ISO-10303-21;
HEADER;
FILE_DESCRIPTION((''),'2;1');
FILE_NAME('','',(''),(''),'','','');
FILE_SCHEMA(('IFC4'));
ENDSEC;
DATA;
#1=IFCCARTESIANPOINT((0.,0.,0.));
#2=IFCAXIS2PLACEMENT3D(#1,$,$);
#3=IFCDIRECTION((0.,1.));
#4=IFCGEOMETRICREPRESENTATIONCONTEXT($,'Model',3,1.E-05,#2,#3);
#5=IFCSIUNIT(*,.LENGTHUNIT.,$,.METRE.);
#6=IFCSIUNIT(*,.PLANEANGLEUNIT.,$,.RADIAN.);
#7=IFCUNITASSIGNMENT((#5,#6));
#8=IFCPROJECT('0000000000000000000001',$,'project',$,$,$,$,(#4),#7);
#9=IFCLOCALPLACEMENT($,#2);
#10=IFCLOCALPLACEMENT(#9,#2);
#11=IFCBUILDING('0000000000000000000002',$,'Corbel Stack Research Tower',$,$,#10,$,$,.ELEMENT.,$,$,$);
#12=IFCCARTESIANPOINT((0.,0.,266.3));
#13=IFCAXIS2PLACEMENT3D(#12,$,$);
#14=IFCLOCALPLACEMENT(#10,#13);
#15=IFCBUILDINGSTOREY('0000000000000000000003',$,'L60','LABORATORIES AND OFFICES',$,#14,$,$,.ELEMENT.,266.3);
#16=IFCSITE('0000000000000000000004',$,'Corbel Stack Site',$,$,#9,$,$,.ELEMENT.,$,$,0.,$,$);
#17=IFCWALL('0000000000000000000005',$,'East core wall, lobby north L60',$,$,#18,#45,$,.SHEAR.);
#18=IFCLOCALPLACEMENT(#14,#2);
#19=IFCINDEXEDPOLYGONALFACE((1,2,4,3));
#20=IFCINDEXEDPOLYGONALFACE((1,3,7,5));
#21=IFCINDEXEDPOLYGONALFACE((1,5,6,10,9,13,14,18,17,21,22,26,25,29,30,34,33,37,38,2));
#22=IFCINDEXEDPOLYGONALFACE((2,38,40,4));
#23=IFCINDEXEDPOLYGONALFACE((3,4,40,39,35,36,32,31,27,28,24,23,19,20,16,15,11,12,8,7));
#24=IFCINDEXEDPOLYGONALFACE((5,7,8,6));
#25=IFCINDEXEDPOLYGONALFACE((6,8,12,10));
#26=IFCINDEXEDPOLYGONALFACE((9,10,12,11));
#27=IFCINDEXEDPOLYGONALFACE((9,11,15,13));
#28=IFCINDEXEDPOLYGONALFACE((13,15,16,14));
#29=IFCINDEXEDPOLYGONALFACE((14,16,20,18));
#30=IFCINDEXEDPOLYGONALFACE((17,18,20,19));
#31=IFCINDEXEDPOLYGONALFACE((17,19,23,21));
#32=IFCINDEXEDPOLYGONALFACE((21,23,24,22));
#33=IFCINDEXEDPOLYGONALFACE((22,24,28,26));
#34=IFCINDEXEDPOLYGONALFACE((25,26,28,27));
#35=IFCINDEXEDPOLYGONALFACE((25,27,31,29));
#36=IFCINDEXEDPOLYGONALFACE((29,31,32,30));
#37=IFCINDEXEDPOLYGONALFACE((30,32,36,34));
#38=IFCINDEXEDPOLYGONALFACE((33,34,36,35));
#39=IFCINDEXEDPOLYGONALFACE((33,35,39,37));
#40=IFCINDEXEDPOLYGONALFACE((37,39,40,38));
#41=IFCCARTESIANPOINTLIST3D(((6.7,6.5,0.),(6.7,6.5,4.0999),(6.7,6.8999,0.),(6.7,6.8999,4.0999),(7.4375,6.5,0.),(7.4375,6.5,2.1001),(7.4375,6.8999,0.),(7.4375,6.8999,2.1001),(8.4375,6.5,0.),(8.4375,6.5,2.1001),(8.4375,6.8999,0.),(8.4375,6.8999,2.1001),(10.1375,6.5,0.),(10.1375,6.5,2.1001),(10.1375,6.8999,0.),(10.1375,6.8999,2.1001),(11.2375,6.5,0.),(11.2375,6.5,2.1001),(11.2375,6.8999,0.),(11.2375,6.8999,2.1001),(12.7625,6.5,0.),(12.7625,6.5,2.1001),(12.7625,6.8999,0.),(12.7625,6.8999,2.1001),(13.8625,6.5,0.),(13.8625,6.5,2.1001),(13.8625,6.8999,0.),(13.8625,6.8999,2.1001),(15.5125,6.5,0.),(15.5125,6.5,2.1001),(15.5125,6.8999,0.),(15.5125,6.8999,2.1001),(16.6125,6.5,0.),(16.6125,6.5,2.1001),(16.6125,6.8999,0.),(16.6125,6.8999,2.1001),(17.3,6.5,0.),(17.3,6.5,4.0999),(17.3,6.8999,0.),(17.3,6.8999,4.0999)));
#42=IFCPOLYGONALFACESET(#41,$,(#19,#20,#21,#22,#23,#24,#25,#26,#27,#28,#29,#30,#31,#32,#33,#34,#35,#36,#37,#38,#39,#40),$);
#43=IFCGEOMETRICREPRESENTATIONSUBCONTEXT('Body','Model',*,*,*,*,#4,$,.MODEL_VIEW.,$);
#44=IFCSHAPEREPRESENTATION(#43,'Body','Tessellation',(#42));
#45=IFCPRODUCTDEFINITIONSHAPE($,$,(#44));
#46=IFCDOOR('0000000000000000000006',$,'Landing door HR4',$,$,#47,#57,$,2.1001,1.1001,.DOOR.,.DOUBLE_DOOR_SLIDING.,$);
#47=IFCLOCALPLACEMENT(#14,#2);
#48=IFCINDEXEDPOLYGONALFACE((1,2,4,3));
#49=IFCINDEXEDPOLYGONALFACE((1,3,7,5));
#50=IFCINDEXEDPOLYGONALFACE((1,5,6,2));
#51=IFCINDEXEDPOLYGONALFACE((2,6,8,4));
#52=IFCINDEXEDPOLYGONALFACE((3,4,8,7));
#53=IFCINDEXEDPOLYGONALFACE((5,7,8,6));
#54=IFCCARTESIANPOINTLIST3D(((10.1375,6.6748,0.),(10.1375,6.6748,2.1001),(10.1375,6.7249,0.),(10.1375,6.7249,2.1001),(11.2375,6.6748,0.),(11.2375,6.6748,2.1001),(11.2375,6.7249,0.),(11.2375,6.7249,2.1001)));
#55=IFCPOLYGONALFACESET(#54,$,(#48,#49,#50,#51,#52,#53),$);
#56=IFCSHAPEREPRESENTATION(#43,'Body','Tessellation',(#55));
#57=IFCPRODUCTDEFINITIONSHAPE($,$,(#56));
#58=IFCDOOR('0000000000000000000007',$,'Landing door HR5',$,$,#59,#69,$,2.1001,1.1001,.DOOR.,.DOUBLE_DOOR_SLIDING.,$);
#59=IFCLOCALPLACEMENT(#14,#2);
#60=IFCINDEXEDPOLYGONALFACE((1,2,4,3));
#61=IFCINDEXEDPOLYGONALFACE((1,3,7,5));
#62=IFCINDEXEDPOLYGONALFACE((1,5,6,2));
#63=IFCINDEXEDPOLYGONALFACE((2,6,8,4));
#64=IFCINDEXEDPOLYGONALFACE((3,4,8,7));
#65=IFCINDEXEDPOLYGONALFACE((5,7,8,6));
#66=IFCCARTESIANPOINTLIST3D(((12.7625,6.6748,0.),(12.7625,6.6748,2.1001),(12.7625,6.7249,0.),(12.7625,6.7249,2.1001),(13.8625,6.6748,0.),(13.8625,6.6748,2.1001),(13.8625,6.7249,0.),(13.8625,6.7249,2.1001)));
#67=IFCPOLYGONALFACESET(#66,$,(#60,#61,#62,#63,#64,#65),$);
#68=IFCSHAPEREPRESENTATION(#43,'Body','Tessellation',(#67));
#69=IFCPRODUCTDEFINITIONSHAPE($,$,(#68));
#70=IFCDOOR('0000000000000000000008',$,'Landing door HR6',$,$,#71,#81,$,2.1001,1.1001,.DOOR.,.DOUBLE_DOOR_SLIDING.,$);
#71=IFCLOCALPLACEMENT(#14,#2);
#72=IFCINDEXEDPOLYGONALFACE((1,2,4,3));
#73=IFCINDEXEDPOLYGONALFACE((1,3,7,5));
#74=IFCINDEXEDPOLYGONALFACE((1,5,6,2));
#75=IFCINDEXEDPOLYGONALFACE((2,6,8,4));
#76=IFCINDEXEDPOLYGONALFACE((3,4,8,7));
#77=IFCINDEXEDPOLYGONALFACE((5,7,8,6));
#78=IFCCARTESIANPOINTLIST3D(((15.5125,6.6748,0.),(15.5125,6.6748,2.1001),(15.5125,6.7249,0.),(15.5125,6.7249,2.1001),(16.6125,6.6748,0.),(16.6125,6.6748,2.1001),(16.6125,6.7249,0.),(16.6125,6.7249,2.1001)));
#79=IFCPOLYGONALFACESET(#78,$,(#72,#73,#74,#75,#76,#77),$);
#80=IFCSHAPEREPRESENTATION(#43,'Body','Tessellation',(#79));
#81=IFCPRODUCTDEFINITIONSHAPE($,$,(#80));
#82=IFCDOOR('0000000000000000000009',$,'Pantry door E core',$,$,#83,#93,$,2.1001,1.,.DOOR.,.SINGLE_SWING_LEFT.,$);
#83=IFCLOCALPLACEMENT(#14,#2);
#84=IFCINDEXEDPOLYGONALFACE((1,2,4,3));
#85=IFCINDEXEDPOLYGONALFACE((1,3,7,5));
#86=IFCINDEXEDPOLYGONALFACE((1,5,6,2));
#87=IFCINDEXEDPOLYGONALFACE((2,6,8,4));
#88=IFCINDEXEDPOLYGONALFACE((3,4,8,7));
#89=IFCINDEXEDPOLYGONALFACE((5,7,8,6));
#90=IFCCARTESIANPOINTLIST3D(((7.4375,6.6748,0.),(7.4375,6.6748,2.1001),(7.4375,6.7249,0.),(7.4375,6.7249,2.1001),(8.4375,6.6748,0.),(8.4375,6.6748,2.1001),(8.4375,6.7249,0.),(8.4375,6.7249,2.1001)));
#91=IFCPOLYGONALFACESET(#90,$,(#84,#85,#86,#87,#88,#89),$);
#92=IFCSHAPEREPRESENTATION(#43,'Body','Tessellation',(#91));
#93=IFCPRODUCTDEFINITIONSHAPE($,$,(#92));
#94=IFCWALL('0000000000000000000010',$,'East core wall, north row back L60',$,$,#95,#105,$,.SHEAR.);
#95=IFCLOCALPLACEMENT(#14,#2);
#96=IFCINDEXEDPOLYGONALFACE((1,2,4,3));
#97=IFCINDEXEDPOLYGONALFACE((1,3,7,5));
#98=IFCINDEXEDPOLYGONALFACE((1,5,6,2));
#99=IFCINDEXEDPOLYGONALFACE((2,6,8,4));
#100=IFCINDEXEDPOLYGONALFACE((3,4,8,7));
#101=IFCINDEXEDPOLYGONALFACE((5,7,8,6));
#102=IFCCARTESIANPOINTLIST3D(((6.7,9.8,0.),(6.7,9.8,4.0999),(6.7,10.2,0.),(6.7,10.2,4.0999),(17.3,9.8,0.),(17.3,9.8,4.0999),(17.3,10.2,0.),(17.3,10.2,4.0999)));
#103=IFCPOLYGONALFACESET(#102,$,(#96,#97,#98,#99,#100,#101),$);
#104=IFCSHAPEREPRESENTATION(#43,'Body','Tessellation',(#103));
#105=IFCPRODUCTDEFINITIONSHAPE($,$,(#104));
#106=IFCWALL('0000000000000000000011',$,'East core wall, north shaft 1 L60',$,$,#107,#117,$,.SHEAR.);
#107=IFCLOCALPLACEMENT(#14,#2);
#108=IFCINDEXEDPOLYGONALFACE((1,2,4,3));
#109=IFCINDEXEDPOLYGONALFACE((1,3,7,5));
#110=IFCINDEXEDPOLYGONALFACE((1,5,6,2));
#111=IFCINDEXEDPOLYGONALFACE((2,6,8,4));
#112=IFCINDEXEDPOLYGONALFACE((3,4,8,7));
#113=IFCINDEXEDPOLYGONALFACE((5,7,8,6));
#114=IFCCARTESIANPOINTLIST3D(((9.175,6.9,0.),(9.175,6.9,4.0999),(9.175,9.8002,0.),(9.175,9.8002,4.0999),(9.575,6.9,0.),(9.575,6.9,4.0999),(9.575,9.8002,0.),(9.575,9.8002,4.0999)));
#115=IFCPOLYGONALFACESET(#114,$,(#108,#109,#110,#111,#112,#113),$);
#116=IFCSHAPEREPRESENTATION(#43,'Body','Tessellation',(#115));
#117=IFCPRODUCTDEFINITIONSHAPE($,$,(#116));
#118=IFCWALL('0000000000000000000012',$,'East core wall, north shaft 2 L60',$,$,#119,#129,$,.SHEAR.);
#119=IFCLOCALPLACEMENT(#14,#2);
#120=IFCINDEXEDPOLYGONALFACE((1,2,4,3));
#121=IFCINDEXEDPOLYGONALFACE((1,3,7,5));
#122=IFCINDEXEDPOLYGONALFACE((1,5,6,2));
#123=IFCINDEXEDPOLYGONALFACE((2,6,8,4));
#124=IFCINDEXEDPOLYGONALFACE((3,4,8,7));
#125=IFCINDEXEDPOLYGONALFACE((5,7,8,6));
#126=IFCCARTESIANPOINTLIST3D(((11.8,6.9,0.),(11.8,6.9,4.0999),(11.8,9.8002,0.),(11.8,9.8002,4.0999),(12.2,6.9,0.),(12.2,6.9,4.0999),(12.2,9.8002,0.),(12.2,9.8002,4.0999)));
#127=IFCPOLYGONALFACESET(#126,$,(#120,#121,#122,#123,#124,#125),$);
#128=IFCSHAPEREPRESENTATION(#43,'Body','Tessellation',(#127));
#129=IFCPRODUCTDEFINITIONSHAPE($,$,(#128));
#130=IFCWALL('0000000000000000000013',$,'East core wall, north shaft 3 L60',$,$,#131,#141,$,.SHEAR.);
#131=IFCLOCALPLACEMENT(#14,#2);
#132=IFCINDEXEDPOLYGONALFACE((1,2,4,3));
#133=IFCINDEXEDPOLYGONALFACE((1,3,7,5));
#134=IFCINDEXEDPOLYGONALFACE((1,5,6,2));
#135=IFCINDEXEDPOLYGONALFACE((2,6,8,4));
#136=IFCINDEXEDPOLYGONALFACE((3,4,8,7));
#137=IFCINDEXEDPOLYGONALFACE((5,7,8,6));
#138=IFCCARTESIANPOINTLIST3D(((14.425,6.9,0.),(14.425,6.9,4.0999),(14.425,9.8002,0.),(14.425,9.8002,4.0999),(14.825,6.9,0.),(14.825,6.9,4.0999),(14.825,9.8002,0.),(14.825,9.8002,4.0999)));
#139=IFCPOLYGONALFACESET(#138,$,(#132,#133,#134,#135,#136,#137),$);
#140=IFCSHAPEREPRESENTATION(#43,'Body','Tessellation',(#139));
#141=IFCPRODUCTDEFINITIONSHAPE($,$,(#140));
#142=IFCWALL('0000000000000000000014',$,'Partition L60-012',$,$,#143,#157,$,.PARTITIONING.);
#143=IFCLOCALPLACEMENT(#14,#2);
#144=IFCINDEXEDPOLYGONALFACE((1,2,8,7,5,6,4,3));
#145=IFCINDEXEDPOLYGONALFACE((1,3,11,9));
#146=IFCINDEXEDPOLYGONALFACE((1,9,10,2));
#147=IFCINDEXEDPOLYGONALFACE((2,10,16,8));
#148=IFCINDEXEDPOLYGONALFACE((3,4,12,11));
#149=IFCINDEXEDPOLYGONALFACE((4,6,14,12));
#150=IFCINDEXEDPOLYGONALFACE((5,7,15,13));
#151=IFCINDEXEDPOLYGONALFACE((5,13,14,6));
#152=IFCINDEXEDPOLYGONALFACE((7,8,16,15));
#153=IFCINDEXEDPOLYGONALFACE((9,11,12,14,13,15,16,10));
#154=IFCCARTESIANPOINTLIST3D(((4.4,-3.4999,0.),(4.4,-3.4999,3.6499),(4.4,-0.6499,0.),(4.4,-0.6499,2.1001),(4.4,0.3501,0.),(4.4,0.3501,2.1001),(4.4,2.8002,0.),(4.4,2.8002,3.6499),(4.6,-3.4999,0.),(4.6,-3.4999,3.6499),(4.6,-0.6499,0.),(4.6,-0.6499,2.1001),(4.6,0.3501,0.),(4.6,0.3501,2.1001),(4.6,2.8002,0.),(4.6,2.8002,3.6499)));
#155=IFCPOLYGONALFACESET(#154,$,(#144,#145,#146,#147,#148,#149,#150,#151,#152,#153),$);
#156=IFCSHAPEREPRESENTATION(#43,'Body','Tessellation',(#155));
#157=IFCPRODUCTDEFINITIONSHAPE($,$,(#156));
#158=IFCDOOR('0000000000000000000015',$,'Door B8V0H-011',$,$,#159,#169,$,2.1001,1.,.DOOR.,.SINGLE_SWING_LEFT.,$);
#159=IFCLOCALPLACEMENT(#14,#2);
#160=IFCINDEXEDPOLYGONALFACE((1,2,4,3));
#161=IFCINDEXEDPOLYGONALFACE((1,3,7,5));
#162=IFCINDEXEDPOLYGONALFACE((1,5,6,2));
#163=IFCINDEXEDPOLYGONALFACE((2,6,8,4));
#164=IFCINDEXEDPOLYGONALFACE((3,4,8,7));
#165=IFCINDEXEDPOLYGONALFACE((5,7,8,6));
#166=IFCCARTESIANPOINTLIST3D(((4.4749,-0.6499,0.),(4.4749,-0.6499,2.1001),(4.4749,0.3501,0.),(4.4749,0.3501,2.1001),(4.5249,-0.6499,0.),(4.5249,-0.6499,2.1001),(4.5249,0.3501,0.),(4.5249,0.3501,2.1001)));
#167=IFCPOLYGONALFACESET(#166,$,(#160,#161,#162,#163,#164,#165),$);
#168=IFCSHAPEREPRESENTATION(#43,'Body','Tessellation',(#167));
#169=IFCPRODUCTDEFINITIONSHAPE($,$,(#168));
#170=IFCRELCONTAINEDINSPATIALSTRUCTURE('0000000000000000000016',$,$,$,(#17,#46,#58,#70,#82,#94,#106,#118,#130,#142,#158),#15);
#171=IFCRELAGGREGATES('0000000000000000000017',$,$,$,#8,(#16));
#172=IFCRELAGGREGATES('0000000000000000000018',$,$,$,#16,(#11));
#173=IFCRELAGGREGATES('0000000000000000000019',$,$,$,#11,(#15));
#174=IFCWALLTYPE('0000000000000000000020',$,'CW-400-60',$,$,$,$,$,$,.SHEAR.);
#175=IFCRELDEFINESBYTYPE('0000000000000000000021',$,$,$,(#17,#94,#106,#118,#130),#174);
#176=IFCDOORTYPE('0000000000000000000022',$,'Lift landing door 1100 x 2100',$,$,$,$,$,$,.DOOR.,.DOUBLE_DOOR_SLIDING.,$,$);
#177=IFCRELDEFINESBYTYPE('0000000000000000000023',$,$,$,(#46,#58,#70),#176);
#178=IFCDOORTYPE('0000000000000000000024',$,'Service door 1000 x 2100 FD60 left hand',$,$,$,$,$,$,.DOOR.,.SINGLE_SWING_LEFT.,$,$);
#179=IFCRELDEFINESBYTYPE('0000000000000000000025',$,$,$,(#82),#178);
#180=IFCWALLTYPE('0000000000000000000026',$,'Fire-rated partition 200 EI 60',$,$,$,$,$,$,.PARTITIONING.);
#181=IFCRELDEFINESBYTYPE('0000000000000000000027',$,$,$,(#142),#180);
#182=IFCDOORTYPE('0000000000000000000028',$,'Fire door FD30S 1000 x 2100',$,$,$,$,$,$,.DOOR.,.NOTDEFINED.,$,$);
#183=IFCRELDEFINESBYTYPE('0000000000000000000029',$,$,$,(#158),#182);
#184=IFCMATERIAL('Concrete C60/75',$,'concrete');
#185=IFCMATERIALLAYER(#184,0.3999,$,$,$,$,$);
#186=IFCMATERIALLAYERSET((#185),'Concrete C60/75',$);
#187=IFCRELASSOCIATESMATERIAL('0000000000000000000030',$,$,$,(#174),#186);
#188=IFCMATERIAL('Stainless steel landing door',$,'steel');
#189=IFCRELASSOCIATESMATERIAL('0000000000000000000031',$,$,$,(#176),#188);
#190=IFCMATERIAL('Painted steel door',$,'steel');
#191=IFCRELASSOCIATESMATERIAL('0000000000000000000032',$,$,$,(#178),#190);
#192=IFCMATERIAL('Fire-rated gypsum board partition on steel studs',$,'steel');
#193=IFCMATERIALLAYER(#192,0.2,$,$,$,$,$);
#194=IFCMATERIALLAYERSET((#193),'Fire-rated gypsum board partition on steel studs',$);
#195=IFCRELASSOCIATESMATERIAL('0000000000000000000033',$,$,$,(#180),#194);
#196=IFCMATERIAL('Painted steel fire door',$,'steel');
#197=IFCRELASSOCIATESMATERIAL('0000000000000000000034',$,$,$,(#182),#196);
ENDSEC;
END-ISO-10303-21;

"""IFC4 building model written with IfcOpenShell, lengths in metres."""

from ifc_helpers import new_model, si_unit, direction, frame, frame_2d, origin, place, context, subcontext, project, spatial, rectangle, extrude, material, layer, layer_set, type_object, element, fill, save


model = new_model("IFC4")

# Units and contexts
model_context = context("Model", 3, precision=1e-05, world=origin(), true_north=direction((0.0, 1.0)))
body_context = subcontext(model_context, "Body", "Model", "MODEL_VIEW")
ifc_project = project(units=[si_unit("LENGTHUNIT", "METRE"), si_unit("PLANEANGLEUNIT", "RADIAN")], contexts=[model_context])

# Site, building, storey
site_placement = place(None, origin())
site = spatial("IfcSite", under=ifc_project, at=site_placement, Name="Corbel Stack Site", CompositionType="ELEMENT", RefElevation=0.0)
building_placement = place(site_placement, origin())
building = spatial("IfcBuilding", under=site, at=building_placement, Name="Corbel Stack Research Tower", CompositionType="ELEMENT")
storey_placement = place(building_placement, frame((0.0, 0.0, 266.3)))
storey = spatial("IfcBuildingStorey", under=building, at=storey_placement, Name="L60", Description="LABORATORIES AND OFFICES", CompositionType="ELEMENT", Elevation=266.3)

# Wall, openings, doors
ifc_material_1 = material(Name="Concrete C60/75", Category="concrete")
ifc_layer_1 = layer(ifc_material_1, 0.3999)
ifc_layer_set_1 = layer_set([ifc_layer_1], Name="Concrete C60/75")
wall_type_1 = type_object("IfcWallType", Name="CW-400-60", PredefinedType="SHEAR", material=ifc_layer_set_1)
ifc_material_2 = material(Name="Stainless steel landing door", Category="steel")
door_type_1 = type_object("IfcDoorType", Name="Lift landing door 1100 x 2100", OperationType="DOUBLE_DOOR_SLIDING", PredefinedType="DOOR", material=ifc_material_2)
ifc_material_3 = material(Name="Painted steel door", Category="steel")
door_type_2 = type_object("IfcDoorType", Name="Service door 1000 x 2100 FD60 left hand", OperationType="SINGLE_SWING_LEFT", PredefinedType="DOOR", material=ifc_material_3)
wall_1_placement = place(storey_placement, frame((6.7, 6.7, 0.0), z_axis=(0.0, 0.0, 1.0), x_axis=(1.0, 0.0, 0.0)))
wall_1 = element("IfcWall", 1, at=wall_1_placement, inside=storey, type_object=wall_type_1, Name="East core wall, lobby north L60", PredefinedType="SHEAR", context=body_context, shape_type="SweptSolid", body=[
    extrude(rectangle(XDim=10.6001, YDim=0.3999, at=frame_2d((5.3, 0.0))), origin(), (0.0, 0.0, 1.0), 4.0999),
])
opening_1_placement = place(wall_1_placement, frame((3.4375, 0.0, 0.0)))
opening_1 = element("IfcOpeningElement", 2, at=opening_1_placement, cuts=wall_1, PredefinedType="OPENING", context=body_context, shape_type="SweptSolid", body=[
    extrude(rectangle(XDim=1.1001, YDim=2.1001, at=frame_2d((0.55, 1.05))), frame((0.0, 0.21, 0.0), z_axis=(0.0, -1.0, 0.0), x_axis=(1.0, 0.0, 0.0)), (0.0, 0.0, 1.0), 0.4199),
])
opening_2_placement = place(wall_1_placement, frame((6.0625, 0.0, 0.0)))
opening_2 = element("IfcOpeningElement", 3, at=opening_2_placement, cuts=wall_1, PredefinedType="OPENING", context=body_context, shape_type="SweptSolid", body=[
    extrude(rectangle(XDim=1.1001, YDim=2.1001, at=frame_2d((0.55, 1.05))), frame((0.0, 0.21, 0.0), z_axis=(0.0, -1.0, 0.0), x_axis=(1.0, 0.0, 0.0)), (0.0, 0.0, 1.0), 0.4199),
])
opening_3_placement = place(wall_1_placement, frame((8.8125, 0.0, 0.0)))
opening_3 = element("IfcOpeningElement", 4, at=opening_3_placement, cuts=wall_1, PredefinedType="OPENING", context=body_context, shape_type="SweptSolid", body=[
    extrude(rectangle(XDim=1.1001, YDim=2.1001, at=frame_2d((0.55, 1.05))), frame((0.0, 0.21, 0.0), z_axis=(0.0, -1.0, 0.0), x_axis=(1.0, 0.0, 0.0)), (0.0, 0.0, 1.0), 0.4199),
])
opening_4_placement = place(wall_1_placement, frame((0.7375, 0.0, 0.0)))
opening_4 = element("IfcOpeningElement", 5, at=opening_4_placement, cuts=wall_1, PredefinedType="OPENING", context=body_context, shape_type="SweptSolid", body=[
    extrude(rectangle(XDim=1.0, YDim=2.1001, at=frame_2d((0.5, 1.05))), frame((0.0, 0.21, 0.0), z_axis=(0.0, -1.0, 0.0), x_axis=(1.0, 0.0, 0.0)), (0.0, 0.0, 1.0), 0.4199),
])
door_1_placement = place(opening_1_placement, origin())
door_1 = element("IfcDoor", 6, at=door_1_placement, inside=storey, type_object=door_type_1, Name="Landing door HR4", OperationType="DOUBLE_DOOR_SLIDING", OverallHeight=2.1001, OverallWidth=1.1001, PredefinedType="DOOR", context=body_context, shape_type="SweptSolid", body=[
    extrude(rectangle(XDim=1.1001, YDim=2.1001, at=frame_2d((0.55, 1.05))), frame((0.0, 0.0249, 0.0), z_axis=(0.0, -1.0, 0.0), x_axis=(1.0, 0.0, 0.0)), (0.0, 0.0, 1.0), 0.05),
])
fill(opening_1, door_1)
door_2_placement = place(opening_2_placement, origin())
door_2 = element("IfcDoor", 7, at=door_2_placement, inside=storey, type_object=door_type_1, Name="Landing door HR5", OperationType="DOUBLE_DOOR_SLIDING", OverallHeight=2.1001, OverallWidth=1.1001, PredefinedType="DOOR", context=body_context, shape_type="SweptSolid", body=[
    extrude(rectangle(XDim=1.1001, YDim=2.1001, at=frame_2d((0.55, 1.05))), frame((0.0, 0.0249, 0.0), z_axis=(0.0, -1.0, 0.0), x_axis=(1.0, 0.0, 0.0)), (0.0, 0.0, 1.0), 0.05),
])
fill(opening_2, door_2)
door_3_placement = place(opening_3_placement, origin())
door_3 = element("IfcDoor", 8, at=door_3_placement, inside=storey, type_object=door_type_1, Name="Landing door HR6", OperationType="DOUBLE_DOOR_SLIDING", OverallHeight=2.1001, OverallWidth=1.1001, PredefinedType="DOOR", context=body_context, shape_type="SweptSolid", body=[
    extrude(rectangle(XDim=1.1001, YDim=2.1001, at=frame_2d((0.55, 1.05))), frame((0.0, 0.0249, 0.0), z_axis=(0.0, -1.0, 0.0), x_axis=(1.0, 0.0, 0.0)), (0.0, 0.0, 1.0), 0.05),
])
fill(opening_3, door_3)
door_4_placement = place(opening_4_placement, origin())
door_4 = element("IfcDoor", 9, at=door_4_placement, inside=storey, type_object=door_type_2, Name="Pantry door E core", OperationType="SINGLE_SWING_LEFT", OverallHeight=2.1001, OverallWidth=1.0, PredefinedType="DOOR", context=body_context, shape_type="SweptSolid", body=[
    extrude(rectangle(XDim=1.0, YDim=2.1001, at=frame_2d((0.5, 1.05))), frame((0.0, 0.0249, 0.0), z_axis=(0.0, -1.0, 0.0), x_axis=(1.0, 0.0, 0.0)), (0.0, 0.0, 1.0), 0.05),
])
fill(opening_4, door_4)

# Walls
wall_2_placement = place(storey_placement, frame((6.7, 10.0, 0.0), z_axis=(0.0, 0.0, 1.0), x_axis=(1.0, 0.0, 0.0)))
element("IfcWall", 10, at=wall_2_placement, inside=storey, type_object=wall_type_1, Name="East core wall, north row back L60", PredefinedType="SHEAR", context=body_context, shape_type="SweptSolid", body=[
    extrude(rectangle(XDim=10.6001, YDim=0.3999, at=frame_2d((5.3, 0.0))), origin(), (0.0, 0.0, 1.0), 4.0999),
])
for number, where, z_axis, x_axis, name in (
    (11, (9.375, 6.8999, 0.0), (0.0, 0.0, 1.0), (0.0, 1.0, 0.0), "East core wall, north shaft 1 L60"),
    (12, (12.0, 6.8999, 0.0), (0.0, 0.0, 1.0), (0.0, 1.0, 0.0), "East core wall, north shaft 2 L60"),
    (13, (14.625, 6.8999, 0.0), (0.0, 0.0, 1.0), (0.0, 1.0, 0.0), "East core wall, north shaft 3 L60"),
):
    element("IfcWall", number, at=place(storey_placement, frame(where, z_axis=z_axis, x_axis=x_axis)), inside=storey, type_object=wall_type_1, Name=name, PredefinedType="SHEAR", context=body_context, shape_type="SweptSolid", body=[
        extrude(rectangle(XDim=2.9001, YDim=0.3999, at=frame_2d((1.4502, 0.0))), origin(), (0.0, 0.0, 1.0), 4.0999),
    ])

# Wall, opening, door
ifc_material_4 = material(Name="Fire-rated gypsum board partition on steel studs", Category="steel")
ifc_layer_2 = layer(ifc_material_4, 0.2)
ifc_layer_set_2 = layer_set([ifc_layer_2], Name="Fire-rated gypsum board partition on steel studs")
wall_type_2 = type_object("IfcWallType", Name="Fire-rated partition 200 EI 60", PredefinedType="PARTITIONING", material=ifc_layer_set_2)
wall_3_placement = place(storey_placement, frame((4.5, 2.8, 0.0), z_axis=(0.0, 0.0, 1.0), x_axis=(0.0, -1.0, 0.0)))
wall_3 = element("IfcWall", 14, at=wall_3_placement, inside=storey, type_object=wall_type_2, Name="Partition L60-012", PredefinedType="PARTITIONING", context=body_context, shape_type="SweptSolid", body=[
    extrude(rectangle(XDim=6.3, YDim=0.2, at=frame_2d((3.1499, 0.0))), origin(), (0.0, 0.0, 1.0), 3.6499),
])
opening_5_placement = place(wall_3_placement, frame((2.45, 0.0, 0.0)))
opening_5 = element("IfcOpeningElement", 15, at=opening_5_placement, cuts=wall_3, PredefinedType="OPENING", context=body_context, shape_type="SweptSolid", body=[
    extrude(rectangle(XDim=1.0, YDim=2.1001, at=frame_2d((0.5, 1.05))), frame((0.0, 0.1099, 0.0), z_axis=(0.0, -1.0, 0.0), x_axis=(1.0, 0.0, 0.0)), (0.0, 0.0, 1.0), 0.22),
])
ifc_material_5 = material(Name="Painted steel fire door", Category="steel")
door_type_3 = type_object("IfcDoorType", Name="Fire door FD30S 1000 x 2100", OperationType="NOTDEFINED", PredefinedType="DOOR", material=ifc_material_5)
door_5_placement = place(opening_5_placement, origin())
door_5 = element("IfcDoor", 16, at=door_5_placement, inside=storey, type_object=door_type_3, Name="Door B8V0H-011", OperationType="SINGLE_SWING_LEFT", OverallHeight=2.1001, OverallWidth=1.0, PredefinedType="DOOR", context=body_context, shape_type="SweptSolid", body=[
    extrude(rectangle(XDim=1.0, YDim=2.1001, at=frame_2d((0.5, 1.05))), frame((0.0, 0.0249, 0.0), z_axis=(0.0, -1.0, 0.0), x_axis=(1.0, 0.0, 0.0)), (0.0, 0.0, 1.0), 0.05),
])
fill(opening_5, door_5)

save(model, "model.ifc")
